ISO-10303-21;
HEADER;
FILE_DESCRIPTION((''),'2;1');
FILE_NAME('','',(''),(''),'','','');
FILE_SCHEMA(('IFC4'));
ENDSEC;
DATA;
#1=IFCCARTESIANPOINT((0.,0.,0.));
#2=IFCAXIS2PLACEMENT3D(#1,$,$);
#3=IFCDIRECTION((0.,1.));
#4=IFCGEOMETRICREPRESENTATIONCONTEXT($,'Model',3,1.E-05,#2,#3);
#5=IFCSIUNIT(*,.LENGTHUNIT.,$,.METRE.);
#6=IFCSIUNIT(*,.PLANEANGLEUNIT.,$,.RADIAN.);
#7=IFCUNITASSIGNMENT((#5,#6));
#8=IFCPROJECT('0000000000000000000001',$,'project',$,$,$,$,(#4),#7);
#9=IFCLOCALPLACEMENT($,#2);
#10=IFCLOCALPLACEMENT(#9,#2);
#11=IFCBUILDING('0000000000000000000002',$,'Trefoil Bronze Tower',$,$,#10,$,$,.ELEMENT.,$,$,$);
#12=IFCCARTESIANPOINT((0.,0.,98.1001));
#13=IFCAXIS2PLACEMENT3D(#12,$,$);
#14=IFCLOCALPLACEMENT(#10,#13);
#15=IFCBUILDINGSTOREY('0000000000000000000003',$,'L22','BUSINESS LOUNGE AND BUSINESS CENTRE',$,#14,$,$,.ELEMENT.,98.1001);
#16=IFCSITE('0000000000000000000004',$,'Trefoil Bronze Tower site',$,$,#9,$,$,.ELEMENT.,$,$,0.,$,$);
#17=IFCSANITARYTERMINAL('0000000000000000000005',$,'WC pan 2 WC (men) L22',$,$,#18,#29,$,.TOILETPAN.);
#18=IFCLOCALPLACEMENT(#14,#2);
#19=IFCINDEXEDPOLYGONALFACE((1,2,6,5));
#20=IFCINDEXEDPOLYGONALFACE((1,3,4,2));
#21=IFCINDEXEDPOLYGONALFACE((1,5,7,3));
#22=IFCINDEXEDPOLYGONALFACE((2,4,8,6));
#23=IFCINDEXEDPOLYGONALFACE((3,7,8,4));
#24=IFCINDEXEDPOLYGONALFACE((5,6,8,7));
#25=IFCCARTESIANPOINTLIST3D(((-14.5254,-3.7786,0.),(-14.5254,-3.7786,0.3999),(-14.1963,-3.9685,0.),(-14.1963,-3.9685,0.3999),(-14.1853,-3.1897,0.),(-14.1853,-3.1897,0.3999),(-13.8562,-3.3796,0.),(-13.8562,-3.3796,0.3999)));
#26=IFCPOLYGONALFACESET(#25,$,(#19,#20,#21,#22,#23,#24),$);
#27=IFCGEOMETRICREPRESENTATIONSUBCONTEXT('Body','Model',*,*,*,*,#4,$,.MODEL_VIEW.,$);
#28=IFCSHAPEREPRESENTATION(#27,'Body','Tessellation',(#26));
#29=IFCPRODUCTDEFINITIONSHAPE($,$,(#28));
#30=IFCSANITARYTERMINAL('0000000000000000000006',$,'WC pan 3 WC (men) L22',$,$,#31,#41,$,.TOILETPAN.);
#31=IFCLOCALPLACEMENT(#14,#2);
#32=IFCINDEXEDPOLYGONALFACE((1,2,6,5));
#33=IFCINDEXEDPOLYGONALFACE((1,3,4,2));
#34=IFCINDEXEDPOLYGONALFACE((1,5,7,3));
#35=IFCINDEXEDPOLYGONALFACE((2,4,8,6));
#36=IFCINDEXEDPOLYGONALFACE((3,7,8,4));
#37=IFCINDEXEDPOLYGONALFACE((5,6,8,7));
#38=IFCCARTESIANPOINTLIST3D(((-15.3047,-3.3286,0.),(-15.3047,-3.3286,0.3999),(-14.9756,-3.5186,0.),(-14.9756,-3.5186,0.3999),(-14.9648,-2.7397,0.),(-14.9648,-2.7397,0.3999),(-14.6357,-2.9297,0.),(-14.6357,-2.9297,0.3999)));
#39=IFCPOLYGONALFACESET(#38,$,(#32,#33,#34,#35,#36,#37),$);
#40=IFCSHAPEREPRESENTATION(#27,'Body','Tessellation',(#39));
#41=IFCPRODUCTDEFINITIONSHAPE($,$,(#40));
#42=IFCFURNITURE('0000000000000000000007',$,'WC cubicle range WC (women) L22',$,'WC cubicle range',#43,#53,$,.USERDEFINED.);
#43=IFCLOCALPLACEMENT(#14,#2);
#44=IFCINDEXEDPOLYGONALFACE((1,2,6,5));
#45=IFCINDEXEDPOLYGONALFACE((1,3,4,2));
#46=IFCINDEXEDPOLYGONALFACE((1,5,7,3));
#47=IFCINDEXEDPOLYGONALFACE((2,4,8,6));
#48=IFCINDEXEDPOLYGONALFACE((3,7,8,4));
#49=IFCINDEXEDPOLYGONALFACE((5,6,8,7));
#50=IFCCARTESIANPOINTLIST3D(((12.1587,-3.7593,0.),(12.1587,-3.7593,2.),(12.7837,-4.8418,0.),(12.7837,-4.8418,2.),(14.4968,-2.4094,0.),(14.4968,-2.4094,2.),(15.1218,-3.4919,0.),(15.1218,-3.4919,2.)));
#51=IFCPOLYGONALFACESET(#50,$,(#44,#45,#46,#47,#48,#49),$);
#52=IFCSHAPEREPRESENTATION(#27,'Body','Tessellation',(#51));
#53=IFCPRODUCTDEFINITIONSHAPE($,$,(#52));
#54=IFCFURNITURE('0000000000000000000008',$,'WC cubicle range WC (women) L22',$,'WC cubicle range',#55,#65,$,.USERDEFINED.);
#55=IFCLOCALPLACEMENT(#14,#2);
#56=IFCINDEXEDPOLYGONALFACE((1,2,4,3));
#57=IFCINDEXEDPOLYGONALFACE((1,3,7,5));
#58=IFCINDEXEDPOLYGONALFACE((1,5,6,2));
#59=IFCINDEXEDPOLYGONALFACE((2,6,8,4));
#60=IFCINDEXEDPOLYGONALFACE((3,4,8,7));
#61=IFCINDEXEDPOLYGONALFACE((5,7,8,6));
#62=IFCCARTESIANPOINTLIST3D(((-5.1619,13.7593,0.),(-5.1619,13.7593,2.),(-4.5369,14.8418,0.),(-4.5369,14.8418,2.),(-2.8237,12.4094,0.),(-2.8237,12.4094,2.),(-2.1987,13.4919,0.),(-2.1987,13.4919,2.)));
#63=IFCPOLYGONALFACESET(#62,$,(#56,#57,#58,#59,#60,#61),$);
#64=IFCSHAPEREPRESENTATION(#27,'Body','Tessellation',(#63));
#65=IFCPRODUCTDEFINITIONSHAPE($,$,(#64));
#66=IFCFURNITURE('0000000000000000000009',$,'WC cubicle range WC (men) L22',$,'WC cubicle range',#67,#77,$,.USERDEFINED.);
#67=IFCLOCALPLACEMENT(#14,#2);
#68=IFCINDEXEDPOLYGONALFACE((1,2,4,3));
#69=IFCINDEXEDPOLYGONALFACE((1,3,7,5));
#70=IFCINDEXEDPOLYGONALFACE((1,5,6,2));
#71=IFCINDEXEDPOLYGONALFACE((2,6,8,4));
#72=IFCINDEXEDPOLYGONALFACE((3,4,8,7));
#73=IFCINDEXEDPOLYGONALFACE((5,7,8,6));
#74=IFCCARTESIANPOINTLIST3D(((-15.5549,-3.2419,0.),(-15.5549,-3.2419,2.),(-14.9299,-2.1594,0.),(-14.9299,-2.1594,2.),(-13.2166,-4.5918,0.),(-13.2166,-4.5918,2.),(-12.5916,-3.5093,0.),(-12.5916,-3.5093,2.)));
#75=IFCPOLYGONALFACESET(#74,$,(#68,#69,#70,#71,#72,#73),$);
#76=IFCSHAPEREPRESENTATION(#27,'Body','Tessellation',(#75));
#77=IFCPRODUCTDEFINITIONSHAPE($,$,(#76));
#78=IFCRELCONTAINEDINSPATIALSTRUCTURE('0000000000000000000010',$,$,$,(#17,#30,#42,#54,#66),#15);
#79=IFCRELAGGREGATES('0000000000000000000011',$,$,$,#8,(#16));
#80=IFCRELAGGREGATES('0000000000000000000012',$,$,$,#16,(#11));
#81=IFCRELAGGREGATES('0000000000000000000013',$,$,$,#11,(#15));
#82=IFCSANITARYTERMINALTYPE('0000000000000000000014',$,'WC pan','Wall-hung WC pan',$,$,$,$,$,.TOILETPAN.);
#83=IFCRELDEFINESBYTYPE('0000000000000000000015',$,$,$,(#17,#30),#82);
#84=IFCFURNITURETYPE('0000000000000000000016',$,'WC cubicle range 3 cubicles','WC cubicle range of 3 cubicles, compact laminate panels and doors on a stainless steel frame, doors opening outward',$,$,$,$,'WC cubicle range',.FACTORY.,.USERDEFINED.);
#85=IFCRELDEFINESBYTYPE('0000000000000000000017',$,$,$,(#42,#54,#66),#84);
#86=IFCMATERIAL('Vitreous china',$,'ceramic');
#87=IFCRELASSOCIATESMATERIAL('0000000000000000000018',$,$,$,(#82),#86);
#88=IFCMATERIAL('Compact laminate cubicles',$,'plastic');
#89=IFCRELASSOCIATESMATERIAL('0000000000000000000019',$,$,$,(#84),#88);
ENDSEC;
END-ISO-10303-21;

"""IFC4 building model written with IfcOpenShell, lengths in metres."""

from ifc_helpers import new_model, si_unit, direction, frame, origin, place, context, subcontext, project, spatial, polyline, outline, extrude, material, type_object, element, save


model = new_model("IFC4")

# Units and contexts
model_context = context("Model", 3, precision=1e-05, world=origin(), true_north=direction((0.0, 1.0)))
body_context = subcontext(model_context, "Body", "Model", "MODEL_VIEW")
ifc_project = project(units=[si_unit("LENGTHUNIT", "METRE"), si_unit("PLANEANGLEUNIT", "RADIAN")], contexts=[model_context])

# Site, building, storey
site_placement = place(None, origin())
site = spatial("IfcSite", under=ifc_project, at=site_placement, Name="Trefoil Bronze Tower site", CompositionType="ELEMENT", RefElevation=0.0)
building_placement = place(site_placement, origin())
building = spatial("IfcBuilding", under=site, at=building_placement, Name="Trefoil Bronze Tower", CompositionType="ELEMENT")
storey_placement = place(building_placement, frame((0.0, 0.0, 98.1001)))
storey = spatial("IfcBuildingStorey", under=building, at=storey_placement, Name="L22", Description="BUSINESS LOUNGE AND BUSINESS CENTRE", CompositionType="ELEMENT", Elevation=98.1001)

# Sanitary terminals
ifc_material_1 = material(Name="Vitreous china", Category="ceramic")
sanitary_terminal_type_1 = type_object("IfcSanitaryTerminalType", Name="WC pan", Description="Wall-hung WC pan", PredefinedType="TOILETPAN", material=ifc_material_1)
sanitary_terminal_1_placement = place(storey_placement, origin())
element("IfcSanitaryTerminal", 1, at=sanitary_terminal_1_placement, inside=storey, type_object=sanitary_terminal_type_1, Name="WC pan 2 WC (men) L22", PredefinedType="TOILETPAN", context=body_context, shape_type="SweptSolid", body=[
    extrude(outline(polyline([(-13.8562, -3.3796), (-14.1963, -3.9685), (-14.5254, -3.7786), (-14.1853, -3.1897), (-13.8562, -3.3796)])), origin(), (0.0, 0.0, 1.0), 0.3999),
])
sanitary_terminal_2_placement = place(storey_placement, origin())
element("IfcSanitaryTerminal", 2, at=sanitary_terminal_2_placement, inside=storey, type_object=sanitary_terminal_type_1, Name="WC pan 3 WC (men) L22", PredefinedType="TOILETPAN", context=body_context, shape_type="SweptSolid", body=[
    extrude(outline(polyline([(-14.6357, -2.9297), (-14.9756, -3.5186), (-15.3047, -3.3286), (-14.9648, -2.7397), (-14.6357, -2.9297)])), origin(), (0.0, 0.0, 1.0), 0.3999),
])

# Furniture
ifc_material_2 = material(Name="Compact laminate cubicles", Category="plastic")
furniture_type = type_object("IfcFurnitureType", Name="WC cubicle range 3 cubicles", Description="WC cubicle range of 3 cubicles, compact laminate panels and doors on a stainless steel frame, doors opening outward", ElementType="WC cubicle range", AssemblyPlace="FACTORY", PredefinedType="USERDEFINED", material=ifc_material_2)
furniture_1_placement = place(storey_placement, origin())
element("IfcFurniture", 3, at=furniture_1_placement, inside=storey, type_object=furniture_type, Name="WC cubicle range WC (women) L22", ObjectType="WC cubicle range", PredefinedType="USERDEFINED", context=body_context, shape_type="SweptSolid", body=[
    extrude(outline(polyline([(12.1587, -3.7593), (12.7837, -4.8418), (15.1218, -3.4919), (14.4968, -2.4094), (12.1587, -3.7593)])), origin(), (0.0, 0.0, 1.0), 2.0),
])
furniture_2_placement = place(storey_placement, origin())
element("IfcFurniture", 4, at=furniture_2_placement, inside=storey, type_object=furniture_type, Name="WC cubicle range WC (women) L22", ObjectType="WC cubicle range", PredefinedType="USERDEFINED", context=body_context, shape_type="SweptSolid", body=[
    extrude(outline(polyline([(-2.8237, 12.4094), (-2.1987, 13.4919), (-4.5369, 14.8418), (-5.1619, 13.7593), (-2.8237, 12.4094)])), origin(), (0.0, 0.0, 1.0), 2.0),
])
furniture_3_placement = place(storey_placement, origin())
element("IfcFurniture", 5, at=furniture_3_placement, inside=storey, type_object=furniture_type, Name="WC cubicle range WC (men) L22", ObjectType="WC cubicle range", PredefinedType="USERDEFINED", context=body_context, shape_type="SweptSolid", body=[
    extrude(outline(polyline([(-12.5916, -3.5093), (-13.2166, -4.5918), (-15.5549, -3.2419), (-14.9299, -2.1594), (-12.5916, -3.5093)])), origin(), (0.0, 0.0, 1.0), 2.0),
])

save(model, "model.ifc")
